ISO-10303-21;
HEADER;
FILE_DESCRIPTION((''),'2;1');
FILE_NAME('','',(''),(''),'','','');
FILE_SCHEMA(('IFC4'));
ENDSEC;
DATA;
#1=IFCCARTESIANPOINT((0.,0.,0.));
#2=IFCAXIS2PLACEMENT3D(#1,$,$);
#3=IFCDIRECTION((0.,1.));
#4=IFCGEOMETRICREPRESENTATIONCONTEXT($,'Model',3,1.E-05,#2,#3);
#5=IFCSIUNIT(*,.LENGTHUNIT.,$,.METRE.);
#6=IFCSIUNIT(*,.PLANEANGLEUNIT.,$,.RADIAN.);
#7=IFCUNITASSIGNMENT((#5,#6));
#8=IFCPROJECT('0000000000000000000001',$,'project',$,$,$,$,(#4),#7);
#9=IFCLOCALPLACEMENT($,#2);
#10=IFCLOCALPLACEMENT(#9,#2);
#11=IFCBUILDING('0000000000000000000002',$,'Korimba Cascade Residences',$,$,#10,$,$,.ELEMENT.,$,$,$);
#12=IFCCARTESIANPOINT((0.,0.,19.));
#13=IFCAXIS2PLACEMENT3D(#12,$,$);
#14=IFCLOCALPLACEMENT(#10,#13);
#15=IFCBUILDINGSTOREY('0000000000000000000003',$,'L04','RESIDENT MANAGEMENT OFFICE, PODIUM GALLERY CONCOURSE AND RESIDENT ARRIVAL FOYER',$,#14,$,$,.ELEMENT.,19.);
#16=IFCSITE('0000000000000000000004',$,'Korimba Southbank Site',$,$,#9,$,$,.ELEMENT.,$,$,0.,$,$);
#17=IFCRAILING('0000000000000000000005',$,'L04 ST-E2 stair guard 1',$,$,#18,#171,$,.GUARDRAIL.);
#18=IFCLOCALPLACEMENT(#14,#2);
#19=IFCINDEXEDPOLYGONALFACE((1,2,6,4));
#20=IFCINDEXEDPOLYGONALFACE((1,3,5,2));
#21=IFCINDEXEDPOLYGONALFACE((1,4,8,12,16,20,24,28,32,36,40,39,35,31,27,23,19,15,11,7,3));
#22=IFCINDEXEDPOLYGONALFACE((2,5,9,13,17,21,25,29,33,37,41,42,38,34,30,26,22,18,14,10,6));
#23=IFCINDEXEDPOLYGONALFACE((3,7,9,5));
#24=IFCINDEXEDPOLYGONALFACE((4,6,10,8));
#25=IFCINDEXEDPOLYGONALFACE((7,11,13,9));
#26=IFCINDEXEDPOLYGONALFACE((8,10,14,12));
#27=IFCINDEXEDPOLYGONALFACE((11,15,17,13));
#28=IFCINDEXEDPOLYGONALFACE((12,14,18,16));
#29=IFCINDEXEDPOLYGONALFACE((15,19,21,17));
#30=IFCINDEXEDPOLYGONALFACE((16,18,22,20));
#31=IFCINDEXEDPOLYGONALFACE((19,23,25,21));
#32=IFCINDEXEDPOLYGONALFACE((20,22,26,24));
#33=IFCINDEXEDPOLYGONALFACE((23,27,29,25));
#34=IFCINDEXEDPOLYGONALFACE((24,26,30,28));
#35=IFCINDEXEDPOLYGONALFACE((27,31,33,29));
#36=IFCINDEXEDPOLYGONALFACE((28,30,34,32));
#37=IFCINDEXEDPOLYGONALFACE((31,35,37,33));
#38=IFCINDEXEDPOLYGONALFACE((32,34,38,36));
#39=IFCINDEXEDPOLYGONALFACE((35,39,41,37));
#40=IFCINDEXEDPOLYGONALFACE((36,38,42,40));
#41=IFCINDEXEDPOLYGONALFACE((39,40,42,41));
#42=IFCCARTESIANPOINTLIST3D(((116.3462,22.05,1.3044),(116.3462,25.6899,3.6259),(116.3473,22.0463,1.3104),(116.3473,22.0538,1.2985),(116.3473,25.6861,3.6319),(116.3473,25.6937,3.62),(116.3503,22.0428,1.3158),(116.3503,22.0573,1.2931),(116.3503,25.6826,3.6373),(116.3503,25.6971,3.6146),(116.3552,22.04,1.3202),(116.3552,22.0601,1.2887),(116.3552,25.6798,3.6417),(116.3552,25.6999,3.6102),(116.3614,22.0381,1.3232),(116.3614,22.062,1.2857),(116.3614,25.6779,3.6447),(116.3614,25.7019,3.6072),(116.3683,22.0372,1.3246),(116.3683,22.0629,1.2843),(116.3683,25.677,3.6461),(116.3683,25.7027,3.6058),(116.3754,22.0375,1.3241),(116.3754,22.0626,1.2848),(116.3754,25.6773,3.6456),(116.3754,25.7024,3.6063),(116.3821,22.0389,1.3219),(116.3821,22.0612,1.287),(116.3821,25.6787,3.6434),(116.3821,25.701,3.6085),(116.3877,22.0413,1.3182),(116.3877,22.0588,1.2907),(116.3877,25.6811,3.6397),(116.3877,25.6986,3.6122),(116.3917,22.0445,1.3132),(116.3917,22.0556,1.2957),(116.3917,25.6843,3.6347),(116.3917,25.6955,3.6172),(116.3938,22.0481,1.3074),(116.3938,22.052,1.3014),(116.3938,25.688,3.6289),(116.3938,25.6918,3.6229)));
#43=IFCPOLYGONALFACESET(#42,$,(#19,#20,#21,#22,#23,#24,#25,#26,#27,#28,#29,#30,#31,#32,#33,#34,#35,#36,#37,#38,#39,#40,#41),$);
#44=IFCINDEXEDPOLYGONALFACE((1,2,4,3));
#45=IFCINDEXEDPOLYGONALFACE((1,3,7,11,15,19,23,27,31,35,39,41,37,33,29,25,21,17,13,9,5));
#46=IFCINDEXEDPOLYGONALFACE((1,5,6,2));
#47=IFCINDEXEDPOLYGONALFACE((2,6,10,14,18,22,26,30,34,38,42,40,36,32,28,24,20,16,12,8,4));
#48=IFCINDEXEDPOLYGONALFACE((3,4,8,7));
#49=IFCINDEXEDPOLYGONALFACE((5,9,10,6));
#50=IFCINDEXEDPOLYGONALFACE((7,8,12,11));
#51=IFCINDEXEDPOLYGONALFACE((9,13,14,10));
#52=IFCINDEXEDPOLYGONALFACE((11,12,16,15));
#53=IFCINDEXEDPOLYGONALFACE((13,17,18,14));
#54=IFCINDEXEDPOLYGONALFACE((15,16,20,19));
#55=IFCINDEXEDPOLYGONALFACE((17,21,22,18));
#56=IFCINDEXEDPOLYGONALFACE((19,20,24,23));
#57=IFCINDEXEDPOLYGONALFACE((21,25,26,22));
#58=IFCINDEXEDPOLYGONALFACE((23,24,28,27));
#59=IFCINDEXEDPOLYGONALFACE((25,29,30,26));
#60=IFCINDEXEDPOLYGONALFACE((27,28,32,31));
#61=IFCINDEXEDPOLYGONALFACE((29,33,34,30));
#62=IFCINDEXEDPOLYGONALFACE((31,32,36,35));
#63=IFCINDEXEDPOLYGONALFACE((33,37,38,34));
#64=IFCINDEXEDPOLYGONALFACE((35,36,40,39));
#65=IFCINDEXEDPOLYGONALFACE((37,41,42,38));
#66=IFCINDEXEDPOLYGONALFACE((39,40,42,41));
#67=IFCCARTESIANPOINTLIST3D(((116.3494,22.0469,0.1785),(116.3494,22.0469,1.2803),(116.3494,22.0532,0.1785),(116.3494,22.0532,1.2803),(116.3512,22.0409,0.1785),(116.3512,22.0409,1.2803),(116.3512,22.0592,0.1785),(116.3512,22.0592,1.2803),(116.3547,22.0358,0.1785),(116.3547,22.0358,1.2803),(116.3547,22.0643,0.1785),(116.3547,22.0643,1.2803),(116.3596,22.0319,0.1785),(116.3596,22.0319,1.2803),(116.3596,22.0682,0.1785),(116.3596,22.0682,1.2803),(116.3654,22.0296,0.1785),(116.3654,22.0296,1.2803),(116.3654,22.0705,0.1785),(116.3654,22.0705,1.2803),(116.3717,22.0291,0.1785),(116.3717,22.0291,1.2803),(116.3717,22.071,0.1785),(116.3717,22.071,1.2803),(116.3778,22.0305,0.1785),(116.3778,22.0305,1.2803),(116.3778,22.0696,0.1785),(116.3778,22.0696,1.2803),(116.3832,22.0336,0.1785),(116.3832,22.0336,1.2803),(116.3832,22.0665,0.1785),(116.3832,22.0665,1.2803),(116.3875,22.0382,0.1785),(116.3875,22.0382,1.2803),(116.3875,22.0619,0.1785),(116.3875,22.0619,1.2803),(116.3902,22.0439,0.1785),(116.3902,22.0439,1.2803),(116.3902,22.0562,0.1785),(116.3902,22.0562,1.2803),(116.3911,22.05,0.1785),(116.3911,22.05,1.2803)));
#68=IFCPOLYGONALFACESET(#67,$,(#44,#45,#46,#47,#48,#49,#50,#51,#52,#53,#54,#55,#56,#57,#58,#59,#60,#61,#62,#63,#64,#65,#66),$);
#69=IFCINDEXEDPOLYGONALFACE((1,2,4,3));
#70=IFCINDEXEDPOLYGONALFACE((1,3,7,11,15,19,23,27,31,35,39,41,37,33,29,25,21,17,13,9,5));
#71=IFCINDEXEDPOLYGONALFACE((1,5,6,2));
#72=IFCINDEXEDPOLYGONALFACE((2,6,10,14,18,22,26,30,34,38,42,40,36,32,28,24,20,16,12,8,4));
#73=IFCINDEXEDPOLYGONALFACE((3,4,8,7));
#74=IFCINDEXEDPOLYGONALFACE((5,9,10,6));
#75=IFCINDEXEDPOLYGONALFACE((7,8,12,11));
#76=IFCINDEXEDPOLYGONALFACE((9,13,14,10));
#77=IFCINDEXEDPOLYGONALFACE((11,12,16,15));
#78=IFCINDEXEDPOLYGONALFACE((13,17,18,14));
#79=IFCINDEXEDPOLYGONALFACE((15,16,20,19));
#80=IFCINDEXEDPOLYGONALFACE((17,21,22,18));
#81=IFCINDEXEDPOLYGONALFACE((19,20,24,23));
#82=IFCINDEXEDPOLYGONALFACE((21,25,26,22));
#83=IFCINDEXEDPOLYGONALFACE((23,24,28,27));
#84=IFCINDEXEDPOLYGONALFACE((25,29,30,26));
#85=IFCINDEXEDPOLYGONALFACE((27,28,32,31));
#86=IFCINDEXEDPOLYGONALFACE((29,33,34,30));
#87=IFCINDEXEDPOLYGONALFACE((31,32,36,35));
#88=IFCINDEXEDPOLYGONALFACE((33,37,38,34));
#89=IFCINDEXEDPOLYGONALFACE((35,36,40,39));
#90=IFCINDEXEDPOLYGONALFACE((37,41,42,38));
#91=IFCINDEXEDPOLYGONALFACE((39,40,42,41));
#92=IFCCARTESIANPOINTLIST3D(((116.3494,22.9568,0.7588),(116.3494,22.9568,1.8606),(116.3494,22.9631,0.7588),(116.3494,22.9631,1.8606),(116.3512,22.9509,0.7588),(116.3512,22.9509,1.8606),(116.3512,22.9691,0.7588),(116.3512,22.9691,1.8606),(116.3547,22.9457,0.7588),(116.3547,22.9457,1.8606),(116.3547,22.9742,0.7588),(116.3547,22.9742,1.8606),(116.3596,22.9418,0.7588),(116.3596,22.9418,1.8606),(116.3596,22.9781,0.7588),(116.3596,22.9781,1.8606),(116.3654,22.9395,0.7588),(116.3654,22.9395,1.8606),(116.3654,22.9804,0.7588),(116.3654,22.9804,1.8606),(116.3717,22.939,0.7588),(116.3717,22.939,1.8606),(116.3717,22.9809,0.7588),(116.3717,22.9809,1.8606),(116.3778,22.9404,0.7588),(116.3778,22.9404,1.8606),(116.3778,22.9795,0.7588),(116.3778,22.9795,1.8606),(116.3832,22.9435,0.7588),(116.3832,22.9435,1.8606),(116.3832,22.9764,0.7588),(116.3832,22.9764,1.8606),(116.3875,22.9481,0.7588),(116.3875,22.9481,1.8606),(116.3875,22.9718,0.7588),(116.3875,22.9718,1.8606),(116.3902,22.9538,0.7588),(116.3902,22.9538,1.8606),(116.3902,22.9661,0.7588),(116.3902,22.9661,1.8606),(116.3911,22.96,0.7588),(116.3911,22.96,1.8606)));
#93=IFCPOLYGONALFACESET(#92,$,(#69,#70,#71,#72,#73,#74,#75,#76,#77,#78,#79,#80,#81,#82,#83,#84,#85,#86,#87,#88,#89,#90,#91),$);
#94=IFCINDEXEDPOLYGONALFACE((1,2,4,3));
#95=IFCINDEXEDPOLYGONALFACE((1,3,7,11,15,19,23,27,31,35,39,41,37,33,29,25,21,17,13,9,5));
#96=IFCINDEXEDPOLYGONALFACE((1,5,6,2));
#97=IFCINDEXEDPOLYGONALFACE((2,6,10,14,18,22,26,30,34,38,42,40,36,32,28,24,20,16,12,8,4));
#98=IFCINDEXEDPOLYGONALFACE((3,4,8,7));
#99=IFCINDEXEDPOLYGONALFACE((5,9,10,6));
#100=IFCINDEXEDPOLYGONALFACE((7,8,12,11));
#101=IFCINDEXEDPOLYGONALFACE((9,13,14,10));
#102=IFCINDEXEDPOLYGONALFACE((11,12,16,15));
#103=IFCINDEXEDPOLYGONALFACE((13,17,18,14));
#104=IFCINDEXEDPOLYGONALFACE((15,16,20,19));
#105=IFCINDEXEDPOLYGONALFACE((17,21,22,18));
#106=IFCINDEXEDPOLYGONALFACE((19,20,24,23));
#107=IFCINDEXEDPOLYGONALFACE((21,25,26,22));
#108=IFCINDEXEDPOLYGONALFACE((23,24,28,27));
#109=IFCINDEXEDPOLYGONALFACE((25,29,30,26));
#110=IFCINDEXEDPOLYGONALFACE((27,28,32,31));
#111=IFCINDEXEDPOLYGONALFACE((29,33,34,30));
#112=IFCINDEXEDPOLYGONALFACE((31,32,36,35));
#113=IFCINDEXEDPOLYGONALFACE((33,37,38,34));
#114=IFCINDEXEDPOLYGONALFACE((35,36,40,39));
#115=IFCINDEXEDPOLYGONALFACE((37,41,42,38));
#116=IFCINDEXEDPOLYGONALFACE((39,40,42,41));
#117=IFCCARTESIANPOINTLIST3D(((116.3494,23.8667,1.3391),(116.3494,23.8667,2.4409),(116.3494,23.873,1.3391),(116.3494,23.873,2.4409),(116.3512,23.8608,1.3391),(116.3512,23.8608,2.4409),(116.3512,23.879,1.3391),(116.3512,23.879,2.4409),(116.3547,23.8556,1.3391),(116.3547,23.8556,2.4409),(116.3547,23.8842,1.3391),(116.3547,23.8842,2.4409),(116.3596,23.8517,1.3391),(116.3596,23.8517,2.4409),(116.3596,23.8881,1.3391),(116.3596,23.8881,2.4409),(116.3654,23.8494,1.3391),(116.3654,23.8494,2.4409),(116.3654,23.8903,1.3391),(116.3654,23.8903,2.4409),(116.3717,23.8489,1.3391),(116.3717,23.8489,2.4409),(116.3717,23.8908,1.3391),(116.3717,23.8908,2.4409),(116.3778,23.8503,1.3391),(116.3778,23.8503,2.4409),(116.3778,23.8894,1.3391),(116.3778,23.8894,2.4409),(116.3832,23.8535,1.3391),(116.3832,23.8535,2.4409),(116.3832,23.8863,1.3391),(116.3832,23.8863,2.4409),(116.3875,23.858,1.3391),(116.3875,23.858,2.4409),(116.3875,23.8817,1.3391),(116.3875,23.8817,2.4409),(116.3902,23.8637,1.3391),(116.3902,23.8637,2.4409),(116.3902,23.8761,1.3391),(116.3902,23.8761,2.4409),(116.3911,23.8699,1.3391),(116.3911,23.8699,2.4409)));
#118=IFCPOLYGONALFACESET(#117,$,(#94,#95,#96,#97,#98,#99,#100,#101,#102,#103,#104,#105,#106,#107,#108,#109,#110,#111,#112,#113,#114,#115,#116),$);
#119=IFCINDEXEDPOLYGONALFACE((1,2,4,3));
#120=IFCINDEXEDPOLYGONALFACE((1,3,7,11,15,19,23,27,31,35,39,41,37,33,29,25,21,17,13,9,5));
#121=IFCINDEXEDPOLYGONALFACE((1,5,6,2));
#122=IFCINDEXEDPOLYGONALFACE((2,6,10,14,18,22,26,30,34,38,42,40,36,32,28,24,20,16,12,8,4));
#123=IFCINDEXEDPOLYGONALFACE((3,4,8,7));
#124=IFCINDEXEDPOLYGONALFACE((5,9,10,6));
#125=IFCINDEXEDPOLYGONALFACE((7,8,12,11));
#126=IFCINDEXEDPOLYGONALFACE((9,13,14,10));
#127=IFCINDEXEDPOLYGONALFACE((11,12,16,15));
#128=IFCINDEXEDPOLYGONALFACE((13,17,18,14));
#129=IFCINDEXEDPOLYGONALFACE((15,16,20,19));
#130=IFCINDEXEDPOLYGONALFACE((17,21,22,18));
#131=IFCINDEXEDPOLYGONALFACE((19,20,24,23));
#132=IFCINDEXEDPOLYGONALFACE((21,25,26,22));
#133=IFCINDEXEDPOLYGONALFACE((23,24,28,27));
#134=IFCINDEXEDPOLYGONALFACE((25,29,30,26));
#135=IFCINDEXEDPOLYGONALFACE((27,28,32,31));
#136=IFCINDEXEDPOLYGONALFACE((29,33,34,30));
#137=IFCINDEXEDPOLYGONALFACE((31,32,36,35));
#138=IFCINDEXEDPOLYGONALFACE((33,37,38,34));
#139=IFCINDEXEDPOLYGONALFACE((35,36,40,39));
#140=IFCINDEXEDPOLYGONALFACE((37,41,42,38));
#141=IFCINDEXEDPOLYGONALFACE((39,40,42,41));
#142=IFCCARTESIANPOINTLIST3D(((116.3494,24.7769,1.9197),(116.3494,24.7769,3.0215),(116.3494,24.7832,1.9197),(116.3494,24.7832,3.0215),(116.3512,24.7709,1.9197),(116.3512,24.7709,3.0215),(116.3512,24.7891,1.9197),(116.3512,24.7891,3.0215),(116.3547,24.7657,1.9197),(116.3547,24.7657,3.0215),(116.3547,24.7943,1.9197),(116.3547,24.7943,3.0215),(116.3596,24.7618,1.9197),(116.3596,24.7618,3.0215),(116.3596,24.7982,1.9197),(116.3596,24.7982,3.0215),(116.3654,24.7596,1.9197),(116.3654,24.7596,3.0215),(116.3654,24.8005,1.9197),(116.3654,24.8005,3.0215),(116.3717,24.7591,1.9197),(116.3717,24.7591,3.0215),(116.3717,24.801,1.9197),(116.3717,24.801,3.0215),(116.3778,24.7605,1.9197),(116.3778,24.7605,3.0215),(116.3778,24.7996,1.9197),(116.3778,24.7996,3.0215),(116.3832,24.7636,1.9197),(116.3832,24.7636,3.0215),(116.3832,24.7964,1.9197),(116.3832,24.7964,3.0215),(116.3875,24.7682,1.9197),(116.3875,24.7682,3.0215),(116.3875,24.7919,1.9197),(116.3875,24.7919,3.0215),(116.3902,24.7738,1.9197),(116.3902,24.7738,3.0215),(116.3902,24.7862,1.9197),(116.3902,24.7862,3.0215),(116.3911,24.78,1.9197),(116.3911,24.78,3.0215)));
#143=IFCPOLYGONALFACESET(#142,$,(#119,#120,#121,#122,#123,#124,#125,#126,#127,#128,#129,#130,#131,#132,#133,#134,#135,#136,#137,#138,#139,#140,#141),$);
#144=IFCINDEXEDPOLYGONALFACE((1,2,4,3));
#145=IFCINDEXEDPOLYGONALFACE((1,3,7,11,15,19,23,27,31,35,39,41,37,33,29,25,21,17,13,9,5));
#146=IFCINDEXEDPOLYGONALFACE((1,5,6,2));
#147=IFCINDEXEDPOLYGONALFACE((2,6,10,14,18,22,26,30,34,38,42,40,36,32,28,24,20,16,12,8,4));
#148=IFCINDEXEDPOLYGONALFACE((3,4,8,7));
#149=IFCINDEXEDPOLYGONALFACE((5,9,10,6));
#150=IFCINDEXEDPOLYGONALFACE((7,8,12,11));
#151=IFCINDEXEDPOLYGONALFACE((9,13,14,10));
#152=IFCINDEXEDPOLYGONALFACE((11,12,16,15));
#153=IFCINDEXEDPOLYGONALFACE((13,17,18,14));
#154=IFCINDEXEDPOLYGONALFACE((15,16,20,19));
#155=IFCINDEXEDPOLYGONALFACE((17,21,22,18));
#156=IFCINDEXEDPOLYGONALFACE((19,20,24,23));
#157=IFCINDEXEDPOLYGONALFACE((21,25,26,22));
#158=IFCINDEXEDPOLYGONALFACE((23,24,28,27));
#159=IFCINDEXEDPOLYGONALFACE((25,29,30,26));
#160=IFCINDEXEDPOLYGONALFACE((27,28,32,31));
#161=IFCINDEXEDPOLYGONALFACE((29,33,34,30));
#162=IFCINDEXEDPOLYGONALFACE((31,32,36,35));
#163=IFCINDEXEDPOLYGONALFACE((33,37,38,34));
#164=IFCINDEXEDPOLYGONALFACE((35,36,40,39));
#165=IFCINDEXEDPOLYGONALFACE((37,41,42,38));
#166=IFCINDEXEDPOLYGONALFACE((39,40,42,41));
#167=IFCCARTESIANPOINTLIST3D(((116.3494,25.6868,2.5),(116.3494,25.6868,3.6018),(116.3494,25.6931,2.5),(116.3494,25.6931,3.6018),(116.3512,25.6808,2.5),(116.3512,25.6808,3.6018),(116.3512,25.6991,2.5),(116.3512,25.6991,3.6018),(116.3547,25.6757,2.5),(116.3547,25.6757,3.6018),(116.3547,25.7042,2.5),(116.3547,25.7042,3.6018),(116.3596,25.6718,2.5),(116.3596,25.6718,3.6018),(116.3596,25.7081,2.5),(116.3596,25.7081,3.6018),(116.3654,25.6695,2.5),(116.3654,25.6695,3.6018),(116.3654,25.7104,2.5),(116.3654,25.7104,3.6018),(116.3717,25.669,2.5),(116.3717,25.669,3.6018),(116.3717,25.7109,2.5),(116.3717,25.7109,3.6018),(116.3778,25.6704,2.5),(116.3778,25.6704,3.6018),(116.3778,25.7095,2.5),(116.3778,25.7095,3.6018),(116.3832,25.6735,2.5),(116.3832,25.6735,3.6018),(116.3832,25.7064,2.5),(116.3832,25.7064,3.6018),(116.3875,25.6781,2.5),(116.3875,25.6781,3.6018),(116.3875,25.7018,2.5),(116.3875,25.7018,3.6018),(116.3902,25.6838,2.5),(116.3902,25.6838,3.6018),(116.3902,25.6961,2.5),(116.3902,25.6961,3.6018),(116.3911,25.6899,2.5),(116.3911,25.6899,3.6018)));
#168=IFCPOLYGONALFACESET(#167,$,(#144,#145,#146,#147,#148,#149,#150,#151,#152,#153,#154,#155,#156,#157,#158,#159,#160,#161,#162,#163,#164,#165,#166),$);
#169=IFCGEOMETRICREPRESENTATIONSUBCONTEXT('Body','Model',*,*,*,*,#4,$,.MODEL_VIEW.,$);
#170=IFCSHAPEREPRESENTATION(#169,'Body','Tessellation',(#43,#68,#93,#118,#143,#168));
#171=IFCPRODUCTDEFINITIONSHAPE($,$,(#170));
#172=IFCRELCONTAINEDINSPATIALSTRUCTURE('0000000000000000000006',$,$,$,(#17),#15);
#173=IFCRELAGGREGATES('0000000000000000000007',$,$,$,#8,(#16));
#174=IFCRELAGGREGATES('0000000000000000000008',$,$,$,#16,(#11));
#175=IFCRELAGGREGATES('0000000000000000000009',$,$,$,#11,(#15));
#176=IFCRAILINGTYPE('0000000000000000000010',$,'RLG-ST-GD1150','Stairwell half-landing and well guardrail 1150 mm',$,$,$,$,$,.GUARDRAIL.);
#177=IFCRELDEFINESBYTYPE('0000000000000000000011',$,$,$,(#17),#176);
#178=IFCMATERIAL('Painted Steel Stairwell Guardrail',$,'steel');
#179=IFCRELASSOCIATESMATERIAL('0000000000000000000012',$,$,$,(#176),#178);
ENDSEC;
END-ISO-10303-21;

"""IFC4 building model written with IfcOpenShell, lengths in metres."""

from ifc_helpers import new_model, si_unit, direction, frame, origin, origin_2d, place, context, subcontext, project, spatial, circle, extrude, material, type_object, element, save


model = new_model("IFC4")

# Units and contexts
model_context = context("Model", 3, precision=1e-05, world=origin(), true_north=direction((0.0, 1.0)))
body_context = subcontext(model_context, "Body", "Model", "MODEL_VIEW")
ifc_project = project(units=[si_unit("LENGTHUNIT", "METRE"), si_unit("PLANEANGLEUNIT", "RADIAN")], contexts=[model_context])

# Site, building, storey
site_placement = place(None, origin())
site = spatial("IfcSite", under=ifc_project, at=site_placement, Name="Korimba Southbank Site", CompositionType="ELEMENT", RefElevation=0.0)
building_placement = place(site_placement, origin())
building = spatial("IfcBuilding", under=site, at=building_placement, Name="Korimba Cascade Residences", CompositionType="ELEMENT")
storey_placement = place(building_placement, frame((0.0, 0.0, 19.0)))
storey = spatial("IfcBuildingStorey", under=building, at=storey_placement, Name="L04", Description="RESIDENT MANAGEMENT OFFICE, PODIUM GALLERY CONCOURSE AND RESIDENT ARRIVAL FOYER", CompositionType="ELEMENT", Elevation=19.0)

# Railing
ifc_material_1 = material(Name="Painted Steel Stairwell Guardrail", Category="steel")
railing_type_1 = type_object("IfcRailingType", Name="RLG-ST-GD1150", Description="Stairwell half-landing and well guardrail 1150 mm", PredefinedType="GUARDRAIL", material=ifc_material_1)
railing_1_placement = place(storey_placement, frame((116.3701, 22.05, 0.1785)))
element("IfcRailing", 1, at=railing_1_placement, inside=storey, type_object=railing_type_1, Name="L04 ST-E2 stair guard 1", PredefinedType="GUARDRAIL", context=body_context, shape_type="SweptSolid", body=[
    extrude(circle(Radius=0.0239, at=origin_2d()), frame((0.0, 0.0, 1.126), z_axis=(0.0, 0.843112, 0.537739), x_axis=(-1.0, 0.0, 0.0)), (0.0, 0.0, 1.0), 4.3171),
    extrude(circle(Radius=0.021, at=origin_2d()), origin(), (0.0, 0.0, 1.0), 1.1018),
    extrude(circle(Radius=0.021, at=origin_2d()), frame((0.0, 0.9099, 0.5803)), (0.0, 0.0, 1.0), 1.1018),
    extrude(circle(Radius=0.021, at=origin_2d()), frame((0.0, 1.8198, 1.1606)), (0.0, 0.0, 1.0), 1.1018),
    extrude(circle(Radius=0.021, at=origin_2d()), frame((0.0, 2.73, 1.7412)), (0.0, 0.0, 1.0), 1.1018),
    extrude(circle(Radius=0.021, at=origin_2d()), frame((0.0, 3.6399, 2.3215)), (0.0, 0.0, 1.0), 1.1018),
])

save(model, "model.ifc")
